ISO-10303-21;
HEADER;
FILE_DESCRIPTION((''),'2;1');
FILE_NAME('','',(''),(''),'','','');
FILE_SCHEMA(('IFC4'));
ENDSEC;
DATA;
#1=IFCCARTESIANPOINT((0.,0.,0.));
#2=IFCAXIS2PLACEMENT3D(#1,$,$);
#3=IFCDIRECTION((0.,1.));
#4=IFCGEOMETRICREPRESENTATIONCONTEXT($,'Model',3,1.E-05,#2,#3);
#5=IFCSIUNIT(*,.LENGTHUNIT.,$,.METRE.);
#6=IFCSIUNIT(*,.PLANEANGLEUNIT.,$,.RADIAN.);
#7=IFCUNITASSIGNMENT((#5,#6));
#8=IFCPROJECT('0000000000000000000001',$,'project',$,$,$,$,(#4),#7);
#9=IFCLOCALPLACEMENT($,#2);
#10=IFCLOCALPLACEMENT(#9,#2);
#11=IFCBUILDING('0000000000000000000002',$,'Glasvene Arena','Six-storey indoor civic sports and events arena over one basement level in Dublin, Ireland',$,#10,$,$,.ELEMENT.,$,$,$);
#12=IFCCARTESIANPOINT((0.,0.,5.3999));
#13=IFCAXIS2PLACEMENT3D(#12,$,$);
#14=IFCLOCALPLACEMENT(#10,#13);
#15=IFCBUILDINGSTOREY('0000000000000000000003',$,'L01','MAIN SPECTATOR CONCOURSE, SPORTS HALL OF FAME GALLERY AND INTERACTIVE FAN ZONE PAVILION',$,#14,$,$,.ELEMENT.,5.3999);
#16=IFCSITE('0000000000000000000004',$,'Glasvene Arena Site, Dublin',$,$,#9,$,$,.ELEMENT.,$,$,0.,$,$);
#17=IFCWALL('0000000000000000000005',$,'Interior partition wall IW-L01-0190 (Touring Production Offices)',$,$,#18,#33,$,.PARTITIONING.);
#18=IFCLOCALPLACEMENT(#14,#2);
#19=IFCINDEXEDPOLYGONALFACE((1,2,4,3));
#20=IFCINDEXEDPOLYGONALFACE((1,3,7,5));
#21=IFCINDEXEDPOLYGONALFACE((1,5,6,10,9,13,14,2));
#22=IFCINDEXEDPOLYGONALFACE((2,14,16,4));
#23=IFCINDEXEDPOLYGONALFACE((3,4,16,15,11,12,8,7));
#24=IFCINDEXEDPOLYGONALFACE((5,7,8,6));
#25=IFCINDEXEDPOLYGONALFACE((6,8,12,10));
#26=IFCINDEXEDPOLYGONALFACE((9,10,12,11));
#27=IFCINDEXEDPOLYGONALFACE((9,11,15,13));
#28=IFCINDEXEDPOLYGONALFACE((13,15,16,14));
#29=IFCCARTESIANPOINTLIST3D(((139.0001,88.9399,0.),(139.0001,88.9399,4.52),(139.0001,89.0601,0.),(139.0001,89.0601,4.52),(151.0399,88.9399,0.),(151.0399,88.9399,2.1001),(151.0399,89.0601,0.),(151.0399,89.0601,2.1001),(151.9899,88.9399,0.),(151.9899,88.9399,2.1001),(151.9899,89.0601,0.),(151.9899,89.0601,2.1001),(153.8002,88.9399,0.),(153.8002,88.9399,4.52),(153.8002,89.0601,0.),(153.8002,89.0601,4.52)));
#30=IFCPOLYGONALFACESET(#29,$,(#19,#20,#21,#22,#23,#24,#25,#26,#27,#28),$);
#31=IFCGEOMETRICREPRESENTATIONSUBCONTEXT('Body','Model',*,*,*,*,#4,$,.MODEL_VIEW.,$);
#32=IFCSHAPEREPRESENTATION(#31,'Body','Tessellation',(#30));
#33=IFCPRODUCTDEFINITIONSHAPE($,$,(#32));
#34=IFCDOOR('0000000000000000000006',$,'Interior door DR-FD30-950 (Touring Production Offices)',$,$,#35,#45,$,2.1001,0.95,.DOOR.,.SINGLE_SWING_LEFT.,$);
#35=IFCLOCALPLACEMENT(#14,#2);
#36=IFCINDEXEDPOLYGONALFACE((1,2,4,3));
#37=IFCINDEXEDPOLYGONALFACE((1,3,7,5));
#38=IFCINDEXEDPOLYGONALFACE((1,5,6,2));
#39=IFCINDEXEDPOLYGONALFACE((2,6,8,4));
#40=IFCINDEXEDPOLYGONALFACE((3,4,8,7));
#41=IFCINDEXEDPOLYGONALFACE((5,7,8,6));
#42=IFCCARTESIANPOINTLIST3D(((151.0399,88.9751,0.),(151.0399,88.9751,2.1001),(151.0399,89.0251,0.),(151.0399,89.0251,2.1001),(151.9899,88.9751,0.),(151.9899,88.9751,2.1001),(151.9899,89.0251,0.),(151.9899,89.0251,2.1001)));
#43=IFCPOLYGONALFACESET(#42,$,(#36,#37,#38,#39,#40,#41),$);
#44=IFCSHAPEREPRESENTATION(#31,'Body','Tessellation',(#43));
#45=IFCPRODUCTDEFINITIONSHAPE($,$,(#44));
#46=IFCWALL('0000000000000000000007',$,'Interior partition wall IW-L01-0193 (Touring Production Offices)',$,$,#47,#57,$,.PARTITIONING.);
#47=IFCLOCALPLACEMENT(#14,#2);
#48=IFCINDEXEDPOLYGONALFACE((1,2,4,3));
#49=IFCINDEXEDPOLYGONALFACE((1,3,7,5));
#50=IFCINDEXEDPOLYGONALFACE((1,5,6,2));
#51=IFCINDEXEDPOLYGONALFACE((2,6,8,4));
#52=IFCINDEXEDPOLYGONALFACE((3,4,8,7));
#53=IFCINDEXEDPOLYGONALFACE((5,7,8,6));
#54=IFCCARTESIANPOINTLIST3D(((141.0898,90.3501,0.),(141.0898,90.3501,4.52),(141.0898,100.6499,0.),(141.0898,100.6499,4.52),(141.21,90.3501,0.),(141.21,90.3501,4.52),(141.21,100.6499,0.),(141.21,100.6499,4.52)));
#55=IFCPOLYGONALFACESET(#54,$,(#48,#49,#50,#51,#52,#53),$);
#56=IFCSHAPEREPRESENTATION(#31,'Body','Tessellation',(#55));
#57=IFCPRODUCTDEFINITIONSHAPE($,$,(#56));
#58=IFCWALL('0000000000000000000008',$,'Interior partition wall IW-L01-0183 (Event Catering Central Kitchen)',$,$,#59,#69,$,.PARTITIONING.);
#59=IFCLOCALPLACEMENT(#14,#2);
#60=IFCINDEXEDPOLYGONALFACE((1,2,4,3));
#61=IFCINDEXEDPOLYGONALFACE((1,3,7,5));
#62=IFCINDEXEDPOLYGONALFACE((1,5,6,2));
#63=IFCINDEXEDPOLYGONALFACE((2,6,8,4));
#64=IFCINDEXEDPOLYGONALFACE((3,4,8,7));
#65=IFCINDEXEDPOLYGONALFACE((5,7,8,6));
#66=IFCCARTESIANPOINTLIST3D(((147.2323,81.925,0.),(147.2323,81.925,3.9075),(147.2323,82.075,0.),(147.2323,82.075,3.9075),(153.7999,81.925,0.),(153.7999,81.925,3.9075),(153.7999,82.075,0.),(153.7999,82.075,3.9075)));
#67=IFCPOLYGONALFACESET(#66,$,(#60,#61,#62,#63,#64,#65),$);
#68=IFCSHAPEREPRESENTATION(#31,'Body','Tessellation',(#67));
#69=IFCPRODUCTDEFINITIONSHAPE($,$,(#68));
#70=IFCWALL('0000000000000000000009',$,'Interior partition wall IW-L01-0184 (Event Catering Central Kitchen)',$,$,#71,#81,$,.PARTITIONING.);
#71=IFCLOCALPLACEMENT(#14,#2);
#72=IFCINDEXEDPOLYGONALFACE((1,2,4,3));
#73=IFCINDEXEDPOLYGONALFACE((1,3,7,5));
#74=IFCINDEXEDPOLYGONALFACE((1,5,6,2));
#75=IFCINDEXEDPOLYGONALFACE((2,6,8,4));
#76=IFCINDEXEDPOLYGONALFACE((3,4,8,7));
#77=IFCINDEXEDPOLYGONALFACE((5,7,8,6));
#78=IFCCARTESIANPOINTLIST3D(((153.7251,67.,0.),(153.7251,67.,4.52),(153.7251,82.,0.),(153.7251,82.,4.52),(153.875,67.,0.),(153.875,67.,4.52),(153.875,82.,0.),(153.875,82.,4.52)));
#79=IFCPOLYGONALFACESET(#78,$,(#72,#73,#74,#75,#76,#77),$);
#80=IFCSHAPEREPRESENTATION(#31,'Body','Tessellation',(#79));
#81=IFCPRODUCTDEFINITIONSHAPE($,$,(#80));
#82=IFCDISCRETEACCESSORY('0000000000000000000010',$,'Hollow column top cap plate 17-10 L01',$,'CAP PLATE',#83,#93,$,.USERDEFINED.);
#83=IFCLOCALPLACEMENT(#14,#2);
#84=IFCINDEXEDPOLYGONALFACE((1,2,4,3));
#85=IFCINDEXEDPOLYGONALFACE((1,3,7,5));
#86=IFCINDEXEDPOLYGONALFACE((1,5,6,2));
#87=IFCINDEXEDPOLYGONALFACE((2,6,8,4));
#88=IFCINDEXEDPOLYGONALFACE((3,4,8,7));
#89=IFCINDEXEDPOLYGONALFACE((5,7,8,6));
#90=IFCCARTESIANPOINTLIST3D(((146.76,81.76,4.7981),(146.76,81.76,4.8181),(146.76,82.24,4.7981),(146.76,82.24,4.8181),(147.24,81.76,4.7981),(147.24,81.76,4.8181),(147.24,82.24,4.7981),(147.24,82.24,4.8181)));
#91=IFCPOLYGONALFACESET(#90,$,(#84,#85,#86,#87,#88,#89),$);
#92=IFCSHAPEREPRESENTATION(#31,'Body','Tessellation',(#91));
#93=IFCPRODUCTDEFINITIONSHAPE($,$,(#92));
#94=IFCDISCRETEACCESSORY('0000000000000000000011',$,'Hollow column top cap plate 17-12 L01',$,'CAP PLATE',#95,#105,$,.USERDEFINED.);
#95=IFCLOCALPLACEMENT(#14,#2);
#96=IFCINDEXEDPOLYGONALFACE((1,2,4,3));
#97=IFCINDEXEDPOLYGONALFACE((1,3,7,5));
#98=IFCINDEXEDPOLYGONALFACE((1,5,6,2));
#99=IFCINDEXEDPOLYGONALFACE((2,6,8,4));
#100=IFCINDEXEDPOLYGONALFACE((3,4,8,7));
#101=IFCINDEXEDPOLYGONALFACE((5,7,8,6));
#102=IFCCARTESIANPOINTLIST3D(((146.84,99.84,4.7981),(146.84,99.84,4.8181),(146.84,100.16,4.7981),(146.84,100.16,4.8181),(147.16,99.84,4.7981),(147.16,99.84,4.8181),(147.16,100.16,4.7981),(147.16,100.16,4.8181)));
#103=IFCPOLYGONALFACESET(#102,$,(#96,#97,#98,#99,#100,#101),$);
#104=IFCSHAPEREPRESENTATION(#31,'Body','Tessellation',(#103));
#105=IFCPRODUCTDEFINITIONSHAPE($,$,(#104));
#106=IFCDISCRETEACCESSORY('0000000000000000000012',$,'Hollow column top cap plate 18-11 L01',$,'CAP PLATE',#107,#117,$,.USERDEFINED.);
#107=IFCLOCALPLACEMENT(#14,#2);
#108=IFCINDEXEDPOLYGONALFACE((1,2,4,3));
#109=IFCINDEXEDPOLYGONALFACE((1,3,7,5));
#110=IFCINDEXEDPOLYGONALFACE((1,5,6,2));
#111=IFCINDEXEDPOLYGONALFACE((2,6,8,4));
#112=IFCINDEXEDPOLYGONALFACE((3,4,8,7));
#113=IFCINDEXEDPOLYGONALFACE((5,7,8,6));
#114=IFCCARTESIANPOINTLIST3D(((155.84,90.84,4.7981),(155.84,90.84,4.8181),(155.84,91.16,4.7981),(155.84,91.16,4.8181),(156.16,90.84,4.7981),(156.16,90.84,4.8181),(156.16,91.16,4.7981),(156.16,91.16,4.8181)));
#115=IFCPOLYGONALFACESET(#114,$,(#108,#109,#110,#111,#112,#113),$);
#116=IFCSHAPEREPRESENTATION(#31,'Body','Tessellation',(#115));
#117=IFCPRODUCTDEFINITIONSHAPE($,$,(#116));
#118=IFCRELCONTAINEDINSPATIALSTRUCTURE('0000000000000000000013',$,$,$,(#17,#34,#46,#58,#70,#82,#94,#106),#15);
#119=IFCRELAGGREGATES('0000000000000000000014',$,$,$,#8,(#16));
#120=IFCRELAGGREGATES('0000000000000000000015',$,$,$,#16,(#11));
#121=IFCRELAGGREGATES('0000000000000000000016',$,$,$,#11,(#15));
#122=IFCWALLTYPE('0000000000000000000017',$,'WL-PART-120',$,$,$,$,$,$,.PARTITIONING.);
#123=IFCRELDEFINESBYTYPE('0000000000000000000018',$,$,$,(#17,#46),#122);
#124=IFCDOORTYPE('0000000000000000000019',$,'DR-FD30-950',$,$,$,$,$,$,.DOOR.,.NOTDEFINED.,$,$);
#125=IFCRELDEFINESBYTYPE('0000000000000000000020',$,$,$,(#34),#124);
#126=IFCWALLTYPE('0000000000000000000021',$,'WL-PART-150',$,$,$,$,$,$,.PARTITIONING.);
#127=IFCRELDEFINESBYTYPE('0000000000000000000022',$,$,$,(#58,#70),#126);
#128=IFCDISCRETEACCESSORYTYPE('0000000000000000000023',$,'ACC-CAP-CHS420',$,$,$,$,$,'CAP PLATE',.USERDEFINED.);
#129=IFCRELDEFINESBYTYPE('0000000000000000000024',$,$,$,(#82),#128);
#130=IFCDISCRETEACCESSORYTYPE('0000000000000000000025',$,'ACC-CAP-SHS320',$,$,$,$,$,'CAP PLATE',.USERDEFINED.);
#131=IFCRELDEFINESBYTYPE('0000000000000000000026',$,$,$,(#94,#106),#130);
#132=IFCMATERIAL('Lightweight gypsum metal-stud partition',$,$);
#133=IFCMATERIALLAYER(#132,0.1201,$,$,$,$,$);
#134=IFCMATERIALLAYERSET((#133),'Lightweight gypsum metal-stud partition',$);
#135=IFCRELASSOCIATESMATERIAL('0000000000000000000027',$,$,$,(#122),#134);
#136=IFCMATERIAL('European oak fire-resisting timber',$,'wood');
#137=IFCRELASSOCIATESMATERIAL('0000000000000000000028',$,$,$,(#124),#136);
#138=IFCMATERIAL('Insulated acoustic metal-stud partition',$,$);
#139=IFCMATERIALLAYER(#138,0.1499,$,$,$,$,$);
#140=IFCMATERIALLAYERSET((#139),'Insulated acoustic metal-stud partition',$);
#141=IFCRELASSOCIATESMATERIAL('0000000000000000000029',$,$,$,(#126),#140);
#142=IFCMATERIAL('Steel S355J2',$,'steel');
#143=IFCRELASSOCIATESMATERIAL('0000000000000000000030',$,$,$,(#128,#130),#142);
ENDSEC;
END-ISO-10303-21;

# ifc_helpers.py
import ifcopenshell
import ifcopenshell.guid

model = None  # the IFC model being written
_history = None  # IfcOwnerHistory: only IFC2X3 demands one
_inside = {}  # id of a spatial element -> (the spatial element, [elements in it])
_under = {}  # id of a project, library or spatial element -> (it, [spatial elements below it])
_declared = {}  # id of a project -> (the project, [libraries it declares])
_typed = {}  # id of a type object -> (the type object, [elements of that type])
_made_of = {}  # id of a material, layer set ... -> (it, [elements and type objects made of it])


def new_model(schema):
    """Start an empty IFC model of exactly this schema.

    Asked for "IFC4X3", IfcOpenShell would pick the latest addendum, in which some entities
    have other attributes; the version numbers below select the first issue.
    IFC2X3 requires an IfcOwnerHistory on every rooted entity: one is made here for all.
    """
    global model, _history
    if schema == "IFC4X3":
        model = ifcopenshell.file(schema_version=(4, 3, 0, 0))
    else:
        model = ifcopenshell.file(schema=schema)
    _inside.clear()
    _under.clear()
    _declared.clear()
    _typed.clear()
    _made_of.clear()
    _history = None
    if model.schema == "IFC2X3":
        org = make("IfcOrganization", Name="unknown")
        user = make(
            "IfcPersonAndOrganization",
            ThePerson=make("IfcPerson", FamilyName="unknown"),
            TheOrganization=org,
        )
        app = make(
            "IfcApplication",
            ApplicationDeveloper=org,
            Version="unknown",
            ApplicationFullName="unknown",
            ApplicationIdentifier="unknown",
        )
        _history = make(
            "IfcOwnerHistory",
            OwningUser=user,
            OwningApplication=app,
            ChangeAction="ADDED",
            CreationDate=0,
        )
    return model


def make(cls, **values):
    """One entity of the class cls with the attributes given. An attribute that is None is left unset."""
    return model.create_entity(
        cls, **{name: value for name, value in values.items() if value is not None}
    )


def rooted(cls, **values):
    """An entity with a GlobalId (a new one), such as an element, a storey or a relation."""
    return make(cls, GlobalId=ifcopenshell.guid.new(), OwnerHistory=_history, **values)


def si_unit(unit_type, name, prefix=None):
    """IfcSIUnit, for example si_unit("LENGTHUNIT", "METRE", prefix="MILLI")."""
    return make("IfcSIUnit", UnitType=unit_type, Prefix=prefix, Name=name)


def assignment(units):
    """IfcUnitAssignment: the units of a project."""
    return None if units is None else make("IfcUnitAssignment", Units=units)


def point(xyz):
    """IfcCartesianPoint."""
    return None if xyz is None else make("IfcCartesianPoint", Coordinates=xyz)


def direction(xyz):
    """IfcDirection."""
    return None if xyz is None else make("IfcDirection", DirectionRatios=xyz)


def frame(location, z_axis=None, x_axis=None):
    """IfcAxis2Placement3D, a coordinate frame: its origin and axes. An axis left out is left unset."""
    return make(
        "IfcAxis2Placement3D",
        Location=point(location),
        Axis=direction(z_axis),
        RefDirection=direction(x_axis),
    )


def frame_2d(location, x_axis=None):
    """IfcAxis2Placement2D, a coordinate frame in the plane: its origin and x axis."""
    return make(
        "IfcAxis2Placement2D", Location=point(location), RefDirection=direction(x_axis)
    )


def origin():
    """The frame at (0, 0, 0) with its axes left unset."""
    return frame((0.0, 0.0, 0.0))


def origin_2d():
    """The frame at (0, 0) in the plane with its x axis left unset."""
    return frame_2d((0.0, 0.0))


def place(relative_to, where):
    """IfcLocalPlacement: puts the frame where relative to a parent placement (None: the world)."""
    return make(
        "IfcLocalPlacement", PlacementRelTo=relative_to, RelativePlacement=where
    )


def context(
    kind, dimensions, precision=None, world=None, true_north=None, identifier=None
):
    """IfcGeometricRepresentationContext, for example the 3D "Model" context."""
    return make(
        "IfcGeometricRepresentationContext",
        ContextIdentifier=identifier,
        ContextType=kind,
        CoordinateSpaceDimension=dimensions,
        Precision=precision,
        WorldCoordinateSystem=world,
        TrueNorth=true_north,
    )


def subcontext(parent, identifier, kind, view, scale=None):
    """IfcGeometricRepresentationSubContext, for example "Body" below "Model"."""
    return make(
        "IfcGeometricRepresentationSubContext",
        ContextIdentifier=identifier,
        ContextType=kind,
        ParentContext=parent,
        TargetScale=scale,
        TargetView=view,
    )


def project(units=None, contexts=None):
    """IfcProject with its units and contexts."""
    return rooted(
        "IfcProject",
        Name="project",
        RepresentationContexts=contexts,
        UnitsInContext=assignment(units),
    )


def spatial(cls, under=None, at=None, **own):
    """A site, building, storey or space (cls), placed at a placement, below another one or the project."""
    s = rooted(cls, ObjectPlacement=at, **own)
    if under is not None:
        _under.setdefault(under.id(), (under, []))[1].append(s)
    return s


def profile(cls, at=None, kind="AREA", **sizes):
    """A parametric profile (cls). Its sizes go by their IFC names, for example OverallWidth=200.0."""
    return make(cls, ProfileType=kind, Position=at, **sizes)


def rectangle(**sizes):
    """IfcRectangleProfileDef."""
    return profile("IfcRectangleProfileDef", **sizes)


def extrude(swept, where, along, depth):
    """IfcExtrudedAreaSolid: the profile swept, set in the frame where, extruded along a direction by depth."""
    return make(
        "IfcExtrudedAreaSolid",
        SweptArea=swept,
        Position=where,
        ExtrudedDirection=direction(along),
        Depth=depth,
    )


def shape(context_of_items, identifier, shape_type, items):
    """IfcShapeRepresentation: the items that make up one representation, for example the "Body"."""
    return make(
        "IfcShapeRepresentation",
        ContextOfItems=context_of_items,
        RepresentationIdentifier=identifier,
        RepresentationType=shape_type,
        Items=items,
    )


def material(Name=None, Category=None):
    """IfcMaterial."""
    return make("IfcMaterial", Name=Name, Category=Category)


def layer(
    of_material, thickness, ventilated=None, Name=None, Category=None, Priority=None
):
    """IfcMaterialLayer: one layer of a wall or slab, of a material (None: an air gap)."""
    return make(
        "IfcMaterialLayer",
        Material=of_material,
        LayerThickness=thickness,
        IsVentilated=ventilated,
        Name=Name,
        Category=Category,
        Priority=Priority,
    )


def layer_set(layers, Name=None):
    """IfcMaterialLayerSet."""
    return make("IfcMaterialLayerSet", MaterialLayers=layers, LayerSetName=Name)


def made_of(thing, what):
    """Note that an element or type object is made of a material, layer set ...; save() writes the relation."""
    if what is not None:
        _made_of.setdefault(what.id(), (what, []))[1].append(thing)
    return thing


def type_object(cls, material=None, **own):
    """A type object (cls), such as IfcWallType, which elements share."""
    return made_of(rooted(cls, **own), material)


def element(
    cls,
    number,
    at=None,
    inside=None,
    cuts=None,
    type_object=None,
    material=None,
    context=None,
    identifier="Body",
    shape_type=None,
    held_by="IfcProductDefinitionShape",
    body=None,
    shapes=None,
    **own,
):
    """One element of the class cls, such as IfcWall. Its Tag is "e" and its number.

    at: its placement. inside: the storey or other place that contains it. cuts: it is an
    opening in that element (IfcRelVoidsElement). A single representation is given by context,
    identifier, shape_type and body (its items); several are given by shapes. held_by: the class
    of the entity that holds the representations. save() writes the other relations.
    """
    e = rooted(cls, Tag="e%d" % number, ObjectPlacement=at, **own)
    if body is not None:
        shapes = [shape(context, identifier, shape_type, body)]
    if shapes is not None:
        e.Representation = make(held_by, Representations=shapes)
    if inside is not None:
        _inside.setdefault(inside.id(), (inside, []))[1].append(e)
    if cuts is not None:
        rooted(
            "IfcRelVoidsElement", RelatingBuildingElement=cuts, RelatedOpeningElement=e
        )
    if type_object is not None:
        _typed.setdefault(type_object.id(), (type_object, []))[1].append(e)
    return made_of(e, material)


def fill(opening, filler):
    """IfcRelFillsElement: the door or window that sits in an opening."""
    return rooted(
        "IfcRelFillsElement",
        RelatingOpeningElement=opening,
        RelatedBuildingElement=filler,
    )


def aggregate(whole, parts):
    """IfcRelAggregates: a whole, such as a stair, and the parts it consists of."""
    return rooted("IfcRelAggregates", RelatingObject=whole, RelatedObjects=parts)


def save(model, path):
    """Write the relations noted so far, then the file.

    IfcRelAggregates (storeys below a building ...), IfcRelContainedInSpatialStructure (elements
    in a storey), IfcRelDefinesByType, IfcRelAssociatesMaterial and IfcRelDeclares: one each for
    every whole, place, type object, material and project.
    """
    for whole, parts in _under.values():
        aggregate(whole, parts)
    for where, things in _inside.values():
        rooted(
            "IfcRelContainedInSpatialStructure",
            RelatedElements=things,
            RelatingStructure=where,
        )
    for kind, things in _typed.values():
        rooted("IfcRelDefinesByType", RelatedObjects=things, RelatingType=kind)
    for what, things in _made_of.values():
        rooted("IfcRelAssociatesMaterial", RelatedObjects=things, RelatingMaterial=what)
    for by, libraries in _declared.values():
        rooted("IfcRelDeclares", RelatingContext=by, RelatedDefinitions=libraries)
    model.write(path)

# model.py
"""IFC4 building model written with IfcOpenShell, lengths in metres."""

from ifc_helpers import new_model, si_unit, direction, frame, frame_2d, origin, origin_2d, place, context, subcontext, project, spatial, rectangle, extrude, material, layer, layer_set, type_object, element, fill, save


model = new_model("IFC4")

# Units and contexts
model_context = context("Model", 3, precision=1e-05, world=origin(), true_north=direction((0.0, 1.0)))
body_context = subcontext(model_context, "Body", "Model", "MODEL_VIEW")
ifc_project = project(units=[si_unit("LENGTHUNIT", "METRE"), si_unit("PLANEANGLEUNIT", "RADIAN")], contexts=[model_context])

# Site, building, storey
site_placement = place(None, origin())
site = spatial("IfcSite", under=ifc_project, at=site_placement, Name="Glasvene Arena Site, Dublin", CompositionType="ELEMENT", RefElevation=0.0)
building_placement = place(site_placement, origin())
building = spatial("IfcBuilding", under=site, at=building_placement, Name="Glasvene Arena", Description="Six-storey indoor civic sports and events arena over one basement level in Dublin, Ireland", CompositionType="ELEMENT")
storey_placement = place(building_placement, frame((0.0, 0.0, 5.3999)))
storey = spatial("IfcBuildingStorey", under=building, at=storey_placement, Name="L01", Description="MAIN SPECTATOR CONCOURSE, SPORTS HALL OF FAME GALLERY AND INTERACTIVE FAN ZONE PAVILION", CompositionType="ELEMENT", Elevation=5.3999)

# Shared definitions
ifc_material_1 = material(Name="Steel S355J2", Category="steel")

# Wall, opening, door
ifc_material_2 = material(Name="Lightweight gypsum metal-stud partition")
ifc_layer_1 = layer(ifc_material_2, 0.1201)
ifc_layer_set_1 = layer_set([ifc_layer_1], Name="Lightweight gypsum metal-stud partition")
wall_type_1 = type_object("IfcWallType", Name="WL-PART-120", PredefinedType="PARTITIONING", material=ifc_layer_set_1)
wall_1_placement = place(storey_placement, frame((153.8, 89.0, 0.0), z_axis=(0.0, 0.0, 1.0), x_axis=(-1.0, 0.0, 0.0)))
wall_1 = element("IfcWall", 1, at=wall_1_placement, inside=storey, type_object=wall_type_1, Name="Interior partition wall IW-L01-0190 (Touring Production Offices)", PredefinedType="PARTITIONING", context=body_context, shape_type="SweptSolid", body=[
    extrude(rectangle(XDim=14.8, YDim=0.1201, at=frame_2d((7.3999, 0.0))), origin(), (0.0, 0.0, 1.0), 4.52),
])
opening_placement = place(wall_1_placement, frame((1.8101, 0.0, 0.0)))
opening = element("IfcOpeningElement", 2, at=opening_placement, cuts=wall_1, PredefinedType="OPENING", context=body_context, shape_type="SweptSolid", body=[
    extrude(rectangle(XDim=0.95, YDim=2.1001, at=frame_2d((0.4751, 1.05))), frame((0.0, 0.0701, 0.0), z_axis=(0.0, -1.0, 0.0), x_axis=(1.0, 0.0, 0.0)), (0.0, 0.0, 1.0), 0.1401),
])
ifc_material_3 = material(Name="European oak fire-resisting timber", Category="wood")
door_type = type_object("IfcDoorType", Name="DR-FD30-950", OperationType="NOTDEFINED", PredefinedType="DOOR", material=ifc_material_3)
door_placement = place(opening_placement, origin())
door = element("IfcDoor", 3, at=door_placement, inside=storey, type_object=door_type, Name="Interior door DR-FD30-950 (Touring Production Offices)", OperationType="SINGLE_SWING_LEFT", OverallHeight=2.1001, OverallWidth=0.95, PredefinedType="DOOR", context=body_context, shape_type="SweptSolid", body=[
    extrude(rectangle(XDim=0.95, YDim=2.1001, at=frame_2d((0.4751, 1.05))), frame((0.0, 0.0249, 0.0), z_axis=(0.0, -1.0, 0.0), x_axis=(1.0, 0.0, 0.0)), (0.0, 0.0, 1.0), 0.05),
])
fill(opening, door)

# Walls
wall_2_placement = place(storey_placement, frame((141.1499, 90.3501, 0.0), z_axis=(0.0, 0.0, 1.0), x_axis=(0.0, 1.0, 0.0)))
element("IfcWall", 4, at=wall_2_placement, inside=storey, type_object=wall_type_1, Name="Interior partition wall IW-L01-0193 (Touring Production Offices)", PredefinedType="PARTITIONING", context=body_context, shape_type="SweptSolid", body=[
    extrude(rectangle(XDim=10.2998, YDim=0.1201, at=frame_2d((5.1499, 0.0))), origin(), (0.0, 0.0, 1.0), 4.52),
])
ifc_material_4 = material(Name="Insulated acoustic metal-stud partition")
ifc_layer_2 = layer(ifc_material_4, 0.1499)
ifc_layer_set_2 = layer_set([ifc_layer_2], Name="Insulated acoustic metal-stud partition")
wall_type_2 = type_object("IfcWallType", Name="WL-PART-150", PredefinedType="PARTITIONING", material=ifc_layer_set_2)
wall_3_placement = place(storey_placement, frame((147.2324, 82.0, 0.0), z_axis=(0.0, 0.0, 1.0), x_axis=(1.0, 0.0, 0.0)))
element("IfcWall", 5, at=wall_3_placement, inside=storey, type_object=wall_type_2, Name="Interior partition wall IW-L01-0183 (Event Catering Central Kitchen)", PredefinedType="PARTITIONING", context=body_context, shape_type="SweptSolid", body=[
    extrude(rectangle(XDim=6.5676, YDim=0.1499, at=frame_2d((3.2837, 0.0))), origin(), (0.0, 0.0, 1.0), 3.9075),
])
wall_4_placement = place(storey_placement, frame((153.8, 82.0, 0.0), z_axis=(0.0, 0.0, 1.0), x_axis=(0.0, -1.0, 0.0)))
element("IfcWall", 6, at=wall_4_placement, inside=storey, type_object=wall_type_2, Name="Interior partition wall IW-L01-0184 (Event Catering Central Kitchen)", PredefinedType="PARTITIONING", context=body_context, shape_type="SweptSolid", body=[
    extrude(rectangle(XDim=15.0, YDim=0.1499, at=frame_2d((7.5, 0.0))), origin(), (0.0, 0.0, 1.0), 4.52),
])

# Discrete accessories
discrete_accessory_type_1 = type_object("IfcDiscreteAccessoryType", Name="ACC-CAP-CHS420", ElementType="CAP PLATE", PredefinedType="USERDEFINED", material=ifc_material_1)
discrete_accessory_placement = place(storey_placement, frame((147.0, 82.0, 4.7981), z_axis=(0.0, 0.0, 1.0), x_axis=(1.0, 0.0, 0.0)))
element("IfcDiscreteAccessory", 7, at=discrete_accessory_placement, inside=storey, type_object=discrete_accessory_type_1, Name="Hollow column top cap plate 17-10 L01", ObjectType="CAP PLATE", PredefinedType="USERDEFINED", context=body_context, shape_type="SweptSolid", body=[
    extrude(rectangle(XDim=0.48, YDim=0.48, at=origin_2d()), origin(), (0.0, 0.0, 1.0), 0.02),
])
discrete_accessory_type_2 = type_object("IfcDiscreteAccessoryType", Name="ACC-CAP-SHS320", ElementType="CAP PLATE", PredefinedType="USERDEFINED", material=ifc_material_1)
for number, where, z_axis, x_axis, name in (
    (8, (147.0, 100.0, 4.7981), (0.0, 0.0, 1.0), (1.0, 0.0, 0.0), "Hollow column top cap plate 17-12 L01"),
    (9, (156.0, 91.0, 4.7981), (0.0, 0.0, 1.0), (1.0, 0.0, 0.0), "Hollow column top cap plate 18-11 L01"),
):
    element("IfcDiscreteAccessory", number, at=place(storey_placement, frame(where, z_axis=z_axis, x_axis=x_axis)), inside=storey, type_object=discrete_accessory_type_2, Name=name, ObjectType="CAP PLATE", PredefinedType="USERDEFINED", context=body_context, shape_type="SweptSolid", body=[
        extrude(rectangle(XDim=0.3201, YDim=0.3201, at=origin_2d()), origin(), (0.0, 0.0, 1.0), 0.02),
    ])

save(model, "model.ifc")
